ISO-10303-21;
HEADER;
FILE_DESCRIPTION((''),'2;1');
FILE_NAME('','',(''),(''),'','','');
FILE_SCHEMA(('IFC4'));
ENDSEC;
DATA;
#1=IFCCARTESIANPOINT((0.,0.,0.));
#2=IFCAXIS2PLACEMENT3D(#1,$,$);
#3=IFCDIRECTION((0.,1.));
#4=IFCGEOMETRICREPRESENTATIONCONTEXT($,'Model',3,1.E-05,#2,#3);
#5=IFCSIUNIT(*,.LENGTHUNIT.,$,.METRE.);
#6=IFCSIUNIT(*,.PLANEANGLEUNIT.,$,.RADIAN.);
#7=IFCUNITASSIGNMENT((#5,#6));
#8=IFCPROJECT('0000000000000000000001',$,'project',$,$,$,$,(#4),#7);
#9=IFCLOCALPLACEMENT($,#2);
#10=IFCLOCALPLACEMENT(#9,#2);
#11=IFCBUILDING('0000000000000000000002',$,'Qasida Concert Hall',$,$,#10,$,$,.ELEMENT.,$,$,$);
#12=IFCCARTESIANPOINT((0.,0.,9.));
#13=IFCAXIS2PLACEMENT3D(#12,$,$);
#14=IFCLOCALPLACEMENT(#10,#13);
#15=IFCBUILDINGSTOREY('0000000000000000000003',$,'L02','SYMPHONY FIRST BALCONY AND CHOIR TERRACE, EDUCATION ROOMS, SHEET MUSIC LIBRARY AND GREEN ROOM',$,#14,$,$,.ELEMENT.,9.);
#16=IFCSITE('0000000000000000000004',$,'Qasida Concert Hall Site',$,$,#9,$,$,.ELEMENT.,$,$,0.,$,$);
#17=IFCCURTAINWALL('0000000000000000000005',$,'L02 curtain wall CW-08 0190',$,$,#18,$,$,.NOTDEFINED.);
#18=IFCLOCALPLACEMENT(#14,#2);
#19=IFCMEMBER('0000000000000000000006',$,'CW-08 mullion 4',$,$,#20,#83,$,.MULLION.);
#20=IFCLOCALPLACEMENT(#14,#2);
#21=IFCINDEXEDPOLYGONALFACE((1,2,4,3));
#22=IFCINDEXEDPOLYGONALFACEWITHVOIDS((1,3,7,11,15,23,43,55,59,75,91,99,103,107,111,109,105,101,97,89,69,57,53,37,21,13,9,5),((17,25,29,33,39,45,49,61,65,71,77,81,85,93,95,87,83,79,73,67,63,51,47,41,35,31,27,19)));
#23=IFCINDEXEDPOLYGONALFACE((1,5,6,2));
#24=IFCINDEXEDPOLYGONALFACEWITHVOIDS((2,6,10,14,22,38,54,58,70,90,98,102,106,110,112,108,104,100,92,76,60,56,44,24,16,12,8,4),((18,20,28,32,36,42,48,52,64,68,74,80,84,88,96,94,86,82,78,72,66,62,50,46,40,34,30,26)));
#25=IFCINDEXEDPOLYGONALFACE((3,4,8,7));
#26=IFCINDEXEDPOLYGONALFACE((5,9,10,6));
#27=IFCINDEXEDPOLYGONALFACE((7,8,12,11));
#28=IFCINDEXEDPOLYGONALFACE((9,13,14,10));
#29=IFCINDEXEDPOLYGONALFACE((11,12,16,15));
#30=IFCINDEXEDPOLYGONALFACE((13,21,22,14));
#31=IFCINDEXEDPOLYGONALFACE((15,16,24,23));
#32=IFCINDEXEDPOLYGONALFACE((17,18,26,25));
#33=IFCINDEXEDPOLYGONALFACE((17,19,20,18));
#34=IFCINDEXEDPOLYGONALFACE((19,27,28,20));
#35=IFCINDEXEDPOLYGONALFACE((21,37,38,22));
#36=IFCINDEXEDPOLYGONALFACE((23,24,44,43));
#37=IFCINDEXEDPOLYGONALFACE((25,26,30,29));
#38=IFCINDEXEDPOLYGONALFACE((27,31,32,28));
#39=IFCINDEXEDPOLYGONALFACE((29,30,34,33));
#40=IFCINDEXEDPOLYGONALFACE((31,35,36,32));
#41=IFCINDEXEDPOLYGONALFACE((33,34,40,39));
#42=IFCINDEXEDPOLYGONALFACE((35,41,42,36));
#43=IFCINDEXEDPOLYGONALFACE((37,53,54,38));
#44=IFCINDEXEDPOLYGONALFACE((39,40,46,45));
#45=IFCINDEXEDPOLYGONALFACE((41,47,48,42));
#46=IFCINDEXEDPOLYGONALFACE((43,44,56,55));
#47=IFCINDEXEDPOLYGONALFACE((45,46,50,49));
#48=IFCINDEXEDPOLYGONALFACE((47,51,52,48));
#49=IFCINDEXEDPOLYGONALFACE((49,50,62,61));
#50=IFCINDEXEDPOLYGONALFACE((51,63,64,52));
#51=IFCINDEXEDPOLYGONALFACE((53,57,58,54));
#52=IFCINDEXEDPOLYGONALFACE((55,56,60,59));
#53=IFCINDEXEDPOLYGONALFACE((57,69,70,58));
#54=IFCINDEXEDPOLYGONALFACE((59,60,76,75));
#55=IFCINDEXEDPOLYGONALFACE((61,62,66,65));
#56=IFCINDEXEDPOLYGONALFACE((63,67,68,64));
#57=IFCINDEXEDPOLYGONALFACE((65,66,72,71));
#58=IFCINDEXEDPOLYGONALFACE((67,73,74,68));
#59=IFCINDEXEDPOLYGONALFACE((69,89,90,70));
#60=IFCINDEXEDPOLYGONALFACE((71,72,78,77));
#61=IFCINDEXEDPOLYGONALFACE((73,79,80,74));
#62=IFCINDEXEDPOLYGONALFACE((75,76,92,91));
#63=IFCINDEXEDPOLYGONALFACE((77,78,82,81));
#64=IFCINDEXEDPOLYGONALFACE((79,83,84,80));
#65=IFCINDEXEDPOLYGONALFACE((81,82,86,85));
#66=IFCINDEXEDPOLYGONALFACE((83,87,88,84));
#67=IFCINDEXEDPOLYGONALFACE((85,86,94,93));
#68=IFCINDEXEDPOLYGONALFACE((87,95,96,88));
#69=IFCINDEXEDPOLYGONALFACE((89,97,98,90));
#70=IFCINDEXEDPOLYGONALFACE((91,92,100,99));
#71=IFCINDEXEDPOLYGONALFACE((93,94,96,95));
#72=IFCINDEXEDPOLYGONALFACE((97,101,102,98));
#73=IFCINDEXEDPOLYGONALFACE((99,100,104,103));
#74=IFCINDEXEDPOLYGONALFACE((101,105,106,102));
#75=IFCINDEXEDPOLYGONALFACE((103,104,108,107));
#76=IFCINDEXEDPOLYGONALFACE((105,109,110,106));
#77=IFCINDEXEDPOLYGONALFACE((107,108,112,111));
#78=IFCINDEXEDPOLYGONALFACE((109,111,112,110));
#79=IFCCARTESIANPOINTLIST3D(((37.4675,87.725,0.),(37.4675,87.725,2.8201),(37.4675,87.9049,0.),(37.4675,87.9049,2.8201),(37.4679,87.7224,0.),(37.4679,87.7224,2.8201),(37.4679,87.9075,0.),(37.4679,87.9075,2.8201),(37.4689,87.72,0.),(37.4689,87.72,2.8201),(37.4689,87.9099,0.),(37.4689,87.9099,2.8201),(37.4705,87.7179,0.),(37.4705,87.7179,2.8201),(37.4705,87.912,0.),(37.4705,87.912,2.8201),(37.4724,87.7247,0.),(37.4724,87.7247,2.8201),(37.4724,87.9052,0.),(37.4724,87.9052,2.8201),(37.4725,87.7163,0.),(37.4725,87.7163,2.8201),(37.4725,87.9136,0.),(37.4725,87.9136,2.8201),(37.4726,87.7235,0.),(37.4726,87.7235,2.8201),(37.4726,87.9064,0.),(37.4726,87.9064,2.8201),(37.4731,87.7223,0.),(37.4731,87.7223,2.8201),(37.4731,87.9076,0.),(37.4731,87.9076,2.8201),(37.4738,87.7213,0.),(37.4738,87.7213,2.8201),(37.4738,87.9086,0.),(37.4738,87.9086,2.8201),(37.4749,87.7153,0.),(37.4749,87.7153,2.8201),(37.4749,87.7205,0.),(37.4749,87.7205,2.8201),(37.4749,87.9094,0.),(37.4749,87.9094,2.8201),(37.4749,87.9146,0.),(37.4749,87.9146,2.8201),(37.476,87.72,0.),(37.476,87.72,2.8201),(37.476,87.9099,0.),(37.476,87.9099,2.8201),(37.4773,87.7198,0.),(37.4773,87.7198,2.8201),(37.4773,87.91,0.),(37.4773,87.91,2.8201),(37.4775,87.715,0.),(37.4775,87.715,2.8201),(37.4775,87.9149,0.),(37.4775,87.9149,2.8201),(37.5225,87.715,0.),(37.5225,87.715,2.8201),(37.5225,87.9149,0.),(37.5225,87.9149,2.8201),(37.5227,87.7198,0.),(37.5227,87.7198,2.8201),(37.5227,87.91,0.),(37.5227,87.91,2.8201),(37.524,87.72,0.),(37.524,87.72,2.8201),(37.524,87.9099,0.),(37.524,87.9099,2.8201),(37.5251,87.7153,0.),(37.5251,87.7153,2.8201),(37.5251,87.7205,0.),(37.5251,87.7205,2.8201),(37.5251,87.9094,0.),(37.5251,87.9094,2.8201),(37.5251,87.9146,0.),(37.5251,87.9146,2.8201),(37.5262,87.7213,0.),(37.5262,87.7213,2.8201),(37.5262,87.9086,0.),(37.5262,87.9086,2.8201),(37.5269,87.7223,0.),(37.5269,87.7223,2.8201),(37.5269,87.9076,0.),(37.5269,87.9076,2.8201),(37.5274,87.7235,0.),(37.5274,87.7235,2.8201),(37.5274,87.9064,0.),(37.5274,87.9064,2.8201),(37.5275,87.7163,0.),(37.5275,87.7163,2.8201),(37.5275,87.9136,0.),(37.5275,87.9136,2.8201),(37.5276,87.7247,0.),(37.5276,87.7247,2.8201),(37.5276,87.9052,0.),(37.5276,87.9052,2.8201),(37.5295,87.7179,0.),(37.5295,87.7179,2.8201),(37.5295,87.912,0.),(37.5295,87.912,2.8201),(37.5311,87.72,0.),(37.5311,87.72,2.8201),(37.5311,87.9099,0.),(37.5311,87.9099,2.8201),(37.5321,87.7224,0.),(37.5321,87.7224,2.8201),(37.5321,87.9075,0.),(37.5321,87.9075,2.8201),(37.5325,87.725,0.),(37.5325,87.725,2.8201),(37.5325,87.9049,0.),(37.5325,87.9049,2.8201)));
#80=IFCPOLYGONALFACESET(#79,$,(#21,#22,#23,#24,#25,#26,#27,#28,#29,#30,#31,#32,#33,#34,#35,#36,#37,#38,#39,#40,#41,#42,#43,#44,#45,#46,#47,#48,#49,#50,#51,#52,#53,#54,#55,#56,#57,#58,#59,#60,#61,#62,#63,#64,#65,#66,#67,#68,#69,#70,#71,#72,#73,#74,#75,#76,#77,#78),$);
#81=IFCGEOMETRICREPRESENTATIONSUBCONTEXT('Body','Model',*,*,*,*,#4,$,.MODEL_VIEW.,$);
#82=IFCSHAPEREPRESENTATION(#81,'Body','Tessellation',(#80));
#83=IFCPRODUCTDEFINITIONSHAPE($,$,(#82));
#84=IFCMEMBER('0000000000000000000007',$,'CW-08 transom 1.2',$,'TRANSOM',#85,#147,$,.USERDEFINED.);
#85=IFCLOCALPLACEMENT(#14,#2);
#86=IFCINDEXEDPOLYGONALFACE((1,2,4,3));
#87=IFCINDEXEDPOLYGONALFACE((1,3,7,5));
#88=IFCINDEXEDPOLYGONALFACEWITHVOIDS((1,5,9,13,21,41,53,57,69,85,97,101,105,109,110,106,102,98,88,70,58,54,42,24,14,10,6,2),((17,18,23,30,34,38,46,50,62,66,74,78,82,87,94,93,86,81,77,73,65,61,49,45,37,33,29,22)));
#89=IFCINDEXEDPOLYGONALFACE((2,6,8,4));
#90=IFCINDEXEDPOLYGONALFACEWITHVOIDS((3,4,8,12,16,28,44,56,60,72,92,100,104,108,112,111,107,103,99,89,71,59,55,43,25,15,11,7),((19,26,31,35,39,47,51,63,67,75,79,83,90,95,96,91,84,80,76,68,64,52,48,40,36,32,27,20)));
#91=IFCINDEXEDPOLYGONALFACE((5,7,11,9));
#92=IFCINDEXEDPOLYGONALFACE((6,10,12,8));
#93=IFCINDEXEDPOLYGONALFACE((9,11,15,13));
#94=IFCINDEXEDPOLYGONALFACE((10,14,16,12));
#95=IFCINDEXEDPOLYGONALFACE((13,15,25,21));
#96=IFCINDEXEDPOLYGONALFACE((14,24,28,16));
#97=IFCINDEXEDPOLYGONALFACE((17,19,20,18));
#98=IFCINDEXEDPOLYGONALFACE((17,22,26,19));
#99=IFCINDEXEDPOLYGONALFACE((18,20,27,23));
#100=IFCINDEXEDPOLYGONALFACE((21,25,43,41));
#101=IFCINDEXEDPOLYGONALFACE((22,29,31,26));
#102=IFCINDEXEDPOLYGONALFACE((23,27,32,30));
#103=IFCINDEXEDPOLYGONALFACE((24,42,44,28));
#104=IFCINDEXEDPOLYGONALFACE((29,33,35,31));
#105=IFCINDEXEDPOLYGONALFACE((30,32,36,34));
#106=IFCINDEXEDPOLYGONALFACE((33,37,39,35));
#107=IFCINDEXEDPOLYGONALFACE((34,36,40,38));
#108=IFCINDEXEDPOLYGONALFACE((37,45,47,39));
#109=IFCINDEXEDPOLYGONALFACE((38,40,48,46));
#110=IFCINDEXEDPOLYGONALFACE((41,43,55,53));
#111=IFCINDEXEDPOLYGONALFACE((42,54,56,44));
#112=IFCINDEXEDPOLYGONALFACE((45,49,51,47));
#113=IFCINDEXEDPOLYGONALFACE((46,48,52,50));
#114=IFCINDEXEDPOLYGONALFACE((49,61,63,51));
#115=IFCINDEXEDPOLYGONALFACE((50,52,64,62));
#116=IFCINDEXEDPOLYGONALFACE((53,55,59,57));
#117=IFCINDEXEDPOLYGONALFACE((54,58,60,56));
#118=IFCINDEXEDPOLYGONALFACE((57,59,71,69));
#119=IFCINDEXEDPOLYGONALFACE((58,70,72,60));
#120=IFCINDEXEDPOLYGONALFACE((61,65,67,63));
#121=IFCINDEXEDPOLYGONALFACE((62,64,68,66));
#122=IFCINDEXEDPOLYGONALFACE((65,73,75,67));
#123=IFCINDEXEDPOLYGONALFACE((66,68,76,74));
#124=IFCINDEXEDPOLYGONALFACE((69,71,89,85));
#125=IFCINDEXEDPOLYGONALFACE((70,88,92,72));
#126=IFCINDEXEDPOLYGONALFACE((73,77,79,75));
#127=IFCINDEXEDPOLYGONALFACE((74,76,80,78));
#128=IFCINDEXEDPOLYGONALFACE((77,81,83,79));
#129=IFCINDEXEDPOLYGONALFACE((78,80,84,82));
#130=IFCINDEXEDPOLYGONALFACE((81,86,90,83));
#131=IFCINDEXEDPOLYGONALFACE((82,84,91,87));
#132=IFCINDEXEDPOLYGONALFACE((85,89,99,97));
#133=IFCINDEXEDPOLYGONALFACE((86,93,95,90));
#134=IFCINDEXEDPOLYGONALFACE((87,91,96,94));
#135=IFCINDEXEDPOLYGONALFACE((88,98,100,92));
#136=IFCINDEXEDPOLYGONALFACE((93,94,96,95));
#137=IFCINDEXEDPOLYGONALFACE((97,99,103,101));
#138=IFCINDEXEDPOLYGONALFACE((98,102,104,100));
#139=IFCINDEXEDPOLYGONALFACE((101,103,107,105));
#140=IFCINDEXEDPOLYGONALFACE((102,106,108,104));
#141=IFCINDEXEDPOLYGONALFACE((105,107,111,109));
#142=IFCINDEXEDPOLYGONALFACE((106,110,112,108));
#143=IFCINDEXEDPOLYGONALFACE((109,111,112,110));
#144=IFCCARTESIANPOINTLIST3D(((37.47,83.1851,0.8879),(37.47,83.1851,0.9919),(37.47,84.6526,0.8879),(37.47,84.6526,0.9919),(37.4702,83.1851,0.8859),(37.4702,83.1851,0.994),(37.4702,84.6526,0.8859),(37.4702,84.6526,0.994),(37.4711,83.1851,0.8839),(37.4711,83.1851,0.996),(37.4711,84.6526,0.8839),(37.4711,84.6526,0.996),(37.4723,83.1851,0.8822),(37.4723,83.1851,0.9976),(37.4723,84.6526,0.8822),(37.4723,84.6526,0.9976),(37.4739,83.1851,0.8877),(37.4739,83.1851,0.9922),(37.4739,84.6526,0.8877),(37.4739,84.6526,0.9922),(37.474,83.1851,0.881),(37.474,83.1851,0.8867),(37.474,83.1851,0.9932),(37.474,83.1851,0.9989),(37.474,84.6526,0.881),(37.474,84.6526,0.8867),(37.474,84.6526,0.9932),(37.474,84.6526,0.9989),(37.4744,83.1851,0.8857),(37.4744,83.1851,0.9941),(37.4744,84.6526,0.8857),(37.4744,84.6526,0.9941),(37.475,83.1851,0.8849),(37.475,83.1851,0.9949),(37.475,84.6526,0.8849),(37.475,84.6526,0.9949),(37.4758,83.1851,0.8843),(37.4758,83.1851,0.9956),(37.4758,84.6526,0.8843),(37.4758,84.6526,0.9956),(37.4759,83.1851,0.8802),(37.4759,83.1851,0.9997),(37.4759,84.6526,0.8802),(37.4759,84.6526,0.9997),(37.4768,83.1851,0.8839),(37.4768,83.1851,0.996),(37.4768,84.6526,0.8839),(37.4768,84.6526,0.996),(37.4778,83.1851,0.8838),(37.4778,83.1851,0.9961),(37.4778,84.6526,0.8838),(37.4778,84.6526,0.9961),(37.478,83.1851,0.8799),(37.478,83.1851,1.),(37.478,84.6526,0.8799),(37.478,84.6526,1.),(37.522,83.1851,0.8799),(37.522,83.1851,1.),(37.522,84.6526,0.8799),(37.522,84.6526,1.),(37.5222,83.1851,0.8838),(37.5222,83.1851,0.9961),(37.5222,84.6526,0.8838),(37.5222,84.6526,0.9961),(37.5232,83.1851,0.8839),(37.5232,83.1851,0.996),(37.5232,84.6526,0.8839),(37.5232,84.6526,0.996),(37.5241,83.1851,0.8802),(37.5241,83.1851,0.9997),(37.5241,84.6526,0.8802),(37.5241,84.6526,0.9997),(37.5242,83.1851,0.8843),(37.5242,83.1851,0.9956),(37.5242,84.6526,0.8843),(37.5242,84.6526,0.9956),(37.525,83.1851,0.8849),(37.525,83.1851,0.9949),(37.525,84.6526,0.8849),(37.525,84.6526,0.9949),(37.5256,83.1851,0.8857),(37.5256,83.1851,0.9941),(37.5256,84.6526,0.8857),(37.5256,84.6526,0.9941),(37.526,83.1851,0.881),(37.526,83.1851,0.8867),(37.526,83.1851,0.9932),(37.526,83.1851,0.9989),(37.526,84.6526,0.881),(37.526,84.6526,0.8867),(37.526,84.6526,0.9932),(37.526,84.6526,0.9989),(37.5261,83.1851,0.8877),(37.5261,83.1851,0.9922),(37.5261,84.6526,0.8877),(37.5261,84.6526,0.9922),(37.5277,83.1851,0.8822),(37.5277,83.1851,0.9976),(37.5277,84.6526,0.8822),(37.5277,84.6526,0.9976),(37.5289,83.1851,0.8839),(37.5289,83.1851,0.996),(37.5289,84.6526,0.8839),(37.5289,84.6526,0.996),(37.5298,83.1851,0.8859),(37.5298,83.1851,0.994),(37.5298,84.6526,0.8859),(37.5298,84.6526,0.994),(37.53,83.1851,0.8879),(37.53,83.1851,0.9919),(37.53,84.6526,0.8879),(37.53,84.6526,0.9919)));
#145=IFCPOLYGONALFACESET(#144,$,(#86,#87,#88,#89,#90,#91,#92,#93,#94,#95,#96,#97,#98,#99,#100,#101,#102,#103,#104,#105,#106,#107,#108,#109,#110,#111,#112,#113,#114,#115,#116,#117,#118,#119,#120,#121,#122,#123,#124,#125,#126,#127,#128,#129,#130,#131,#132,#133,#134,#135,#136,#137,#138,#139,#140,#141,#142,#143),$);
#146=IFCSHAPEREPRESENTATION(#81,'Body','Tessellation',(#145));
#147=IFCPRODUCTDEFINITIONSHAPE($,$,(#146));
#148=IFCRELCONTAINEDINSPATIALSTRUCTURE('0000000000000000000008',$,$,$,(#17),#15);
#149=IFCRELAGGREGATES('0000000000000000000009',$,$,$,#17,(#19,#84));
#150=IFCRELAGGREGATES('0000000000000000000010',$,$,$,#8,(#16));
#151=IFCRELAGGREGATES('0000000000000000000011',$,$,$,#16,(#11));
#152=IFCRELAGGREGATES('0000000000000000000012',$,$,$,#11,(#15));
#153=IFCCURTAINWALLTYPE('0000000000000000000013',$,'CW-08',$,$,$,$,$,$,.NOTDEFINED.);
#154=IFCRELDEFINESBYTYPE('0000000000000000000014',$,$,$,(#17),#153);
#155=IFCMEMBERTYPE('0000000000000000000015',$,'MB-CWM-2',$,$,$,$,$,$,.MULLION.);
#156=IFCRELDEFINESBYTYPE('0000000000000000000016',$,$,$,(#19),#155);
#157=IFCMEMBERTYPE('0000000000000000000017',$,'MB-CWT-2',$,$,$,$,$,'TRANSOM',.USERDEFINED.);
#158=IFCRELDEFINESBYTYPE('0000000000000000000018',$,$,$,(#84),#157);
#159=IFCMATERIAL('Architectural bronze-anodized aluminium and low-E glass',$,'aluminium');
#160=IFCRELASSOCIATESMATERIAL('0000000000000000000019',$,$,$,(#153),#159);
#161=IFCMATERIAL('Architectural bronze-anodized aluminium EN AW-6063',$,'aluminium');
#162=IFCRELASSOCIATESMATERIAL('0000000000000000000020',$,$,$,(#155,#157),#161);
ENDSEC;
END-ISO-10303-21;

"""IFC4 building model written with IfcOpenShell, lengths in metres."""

from ifc_helpers import new_model, si_unit, direction, frame, origin, origin_2d, place, context, subcontext, project, spatial, hollow_rectangle, extrude, material, material_profile, profile_set, type_object, element, aggregate, save


model = new_model("IFC4")

# Units and contexts
model_context = context("Model", 3, precision=1e-05, world=origin(), true_north=direction((0.0, 1.0)))
body_context = subcontext(model_context, "Body", "Model", "MODEL_VIEW")
ifc_project = project(units=[si_unit("LENGTHUNIT", "METRE"), si_unit("PLANEANGLEUNIT", "RADIAN")], contexts=[model_context])

# Site, building, storey
site_placement = place(None, origin())
site = spatial("IfcSite", under=ifc_project, at=site_placement, Name="Qasida Concert Hall Site", CompositionType="ELEMENT", RefElevation=0.0)
building_placement = place(site_placement, origin())
building = spatial("IfcBuilding", under=site, at=building_placement, Name="Qasida Concert Hall", CompositionType="ELEMENT")
storey_placement = place(building_placement, frame((0.0, 0.0, 9.0)))
storey = spatial("IfcBuildingStorey", under=building, at=storey_placement, Name="L02", Description="SYMPHONY FIRST BALCONY AND CHOIR TERRACE, EDUCATION ROOMS, SHEET MUSIC LIBRARY AND GREEN ROOM", CompositionType="ELEMENT", Elevation=9.0)

# Curtain wall, members
ifc_material_1 = material(Name="Architectural bronze-anodized aluminium and low-E glass", Category="aluminium")
curtain_wall_type = type_object("IfcCurtainWallType", Name="CW-08", PredefinedType="NOTDEFINED", material=ifc_material_1)
curtain_wall_placement = place(storey_placement, origin())
curtain_wall = element("IfcCurtainWall", 1, at=curtain_wall_placement, inside=storey, type_object=curtain_wall_type, Name="L02 curtain wall CW-08 0190", PredefinedType="NOTDEFINED")
ifc_material_2 = material(Name="Architectural bronze-anodized aluminium EN AW-6063", Category="aluminium")
ifc_material_profile_1 = material_profile(ifc_material_2, hollow_rectangle(XDim=0.0649, YDim=0.2, WallThickness=0.0049, InnerFilletRadius=0.0049, OuterFilletRadius=0.01, at=origin_2d()), Name="CWM 200x65x5")
ifc_profile_set_1 = profile_set([ifc_material_profile_1], Name="Architectural bronze-anodized aluminium EN AW-6063")
member_type_1 = type_object("IfcMemberType", Name="MB-CWM-2", PredefinedType="MULLION", material=ifc_profile_set_1)
member_1_placement = place(storey_placement, frame((37.5, 87.8149, 0.0), z_axis=(0.0, 0.0, 1.0), x_axis=(-1.0, 0.0, 0.0)))
member_1 = element("IfcMember", 2, at=member_1_placement, type_object=member_type_1, Name="CW-08 mullion 4", PredefinedType="MULLION", context=body_context, shape_type="SweptSolid", body=[
    extrude(hollow_rectangle(XDim=0.0649, YDim=0.2, WallThickness=0.0049, InnerFilletRadius=0.0049, OuterFilletRadius=0.01, at=origin_2d()), origin(), (0.0, 0.0, 1.0), 2.8201),
])
ifc_material_profile_2 = material_profile(ifc_material_2, hollow_rectangle(XDim=0.0601, YDim=0.1201, WallThickness=0.0039, InnerFilletRadius=0.0039, OuterFilletRadius=0.0081, at=origin_2d()), Name="CWT 120x60x4")
ifc_profile_set_2 = profile_set([ifc_material_profile_2], Name="Architectural bronze-anodized aluminium EN AW-6063")
member_type_2 = type_object("IfcMemberType", Name="MB-CWT-2", ElementType="TRANSOM", PredefinedType="USERDEFINED", material=ifc_profile_set_2)
member_2_placement = place(storey_placement, frame((37.5, 83.1851, 0.9399), z_axis=(0.0, 1.0, 0.0), x_axis=(-1.0, 0.0, 0.0)))
member_2 = element("IfcMember", 3, at=member_2_placement, type_object=member_type_2, Name="CW-08 transom 1.2", ObjectType="TRANSOM", PredefinedType="USERDEFINED", context=body_context, shape_type="SweptSolid", body=[
    extrude(hollow_rectangle(XDim=0.0601, YDim=0.1201, WallThickness=0.0039, InnerFilletRadius=0.0039, OuterFilletRadius=0.0081, at=origin_2d()), origin(), (0.0, 0.0, 1.0), 1.4675),
])
aggregate(curtain_wall, [member_1, member_2])

save(model, "model.ifc")
